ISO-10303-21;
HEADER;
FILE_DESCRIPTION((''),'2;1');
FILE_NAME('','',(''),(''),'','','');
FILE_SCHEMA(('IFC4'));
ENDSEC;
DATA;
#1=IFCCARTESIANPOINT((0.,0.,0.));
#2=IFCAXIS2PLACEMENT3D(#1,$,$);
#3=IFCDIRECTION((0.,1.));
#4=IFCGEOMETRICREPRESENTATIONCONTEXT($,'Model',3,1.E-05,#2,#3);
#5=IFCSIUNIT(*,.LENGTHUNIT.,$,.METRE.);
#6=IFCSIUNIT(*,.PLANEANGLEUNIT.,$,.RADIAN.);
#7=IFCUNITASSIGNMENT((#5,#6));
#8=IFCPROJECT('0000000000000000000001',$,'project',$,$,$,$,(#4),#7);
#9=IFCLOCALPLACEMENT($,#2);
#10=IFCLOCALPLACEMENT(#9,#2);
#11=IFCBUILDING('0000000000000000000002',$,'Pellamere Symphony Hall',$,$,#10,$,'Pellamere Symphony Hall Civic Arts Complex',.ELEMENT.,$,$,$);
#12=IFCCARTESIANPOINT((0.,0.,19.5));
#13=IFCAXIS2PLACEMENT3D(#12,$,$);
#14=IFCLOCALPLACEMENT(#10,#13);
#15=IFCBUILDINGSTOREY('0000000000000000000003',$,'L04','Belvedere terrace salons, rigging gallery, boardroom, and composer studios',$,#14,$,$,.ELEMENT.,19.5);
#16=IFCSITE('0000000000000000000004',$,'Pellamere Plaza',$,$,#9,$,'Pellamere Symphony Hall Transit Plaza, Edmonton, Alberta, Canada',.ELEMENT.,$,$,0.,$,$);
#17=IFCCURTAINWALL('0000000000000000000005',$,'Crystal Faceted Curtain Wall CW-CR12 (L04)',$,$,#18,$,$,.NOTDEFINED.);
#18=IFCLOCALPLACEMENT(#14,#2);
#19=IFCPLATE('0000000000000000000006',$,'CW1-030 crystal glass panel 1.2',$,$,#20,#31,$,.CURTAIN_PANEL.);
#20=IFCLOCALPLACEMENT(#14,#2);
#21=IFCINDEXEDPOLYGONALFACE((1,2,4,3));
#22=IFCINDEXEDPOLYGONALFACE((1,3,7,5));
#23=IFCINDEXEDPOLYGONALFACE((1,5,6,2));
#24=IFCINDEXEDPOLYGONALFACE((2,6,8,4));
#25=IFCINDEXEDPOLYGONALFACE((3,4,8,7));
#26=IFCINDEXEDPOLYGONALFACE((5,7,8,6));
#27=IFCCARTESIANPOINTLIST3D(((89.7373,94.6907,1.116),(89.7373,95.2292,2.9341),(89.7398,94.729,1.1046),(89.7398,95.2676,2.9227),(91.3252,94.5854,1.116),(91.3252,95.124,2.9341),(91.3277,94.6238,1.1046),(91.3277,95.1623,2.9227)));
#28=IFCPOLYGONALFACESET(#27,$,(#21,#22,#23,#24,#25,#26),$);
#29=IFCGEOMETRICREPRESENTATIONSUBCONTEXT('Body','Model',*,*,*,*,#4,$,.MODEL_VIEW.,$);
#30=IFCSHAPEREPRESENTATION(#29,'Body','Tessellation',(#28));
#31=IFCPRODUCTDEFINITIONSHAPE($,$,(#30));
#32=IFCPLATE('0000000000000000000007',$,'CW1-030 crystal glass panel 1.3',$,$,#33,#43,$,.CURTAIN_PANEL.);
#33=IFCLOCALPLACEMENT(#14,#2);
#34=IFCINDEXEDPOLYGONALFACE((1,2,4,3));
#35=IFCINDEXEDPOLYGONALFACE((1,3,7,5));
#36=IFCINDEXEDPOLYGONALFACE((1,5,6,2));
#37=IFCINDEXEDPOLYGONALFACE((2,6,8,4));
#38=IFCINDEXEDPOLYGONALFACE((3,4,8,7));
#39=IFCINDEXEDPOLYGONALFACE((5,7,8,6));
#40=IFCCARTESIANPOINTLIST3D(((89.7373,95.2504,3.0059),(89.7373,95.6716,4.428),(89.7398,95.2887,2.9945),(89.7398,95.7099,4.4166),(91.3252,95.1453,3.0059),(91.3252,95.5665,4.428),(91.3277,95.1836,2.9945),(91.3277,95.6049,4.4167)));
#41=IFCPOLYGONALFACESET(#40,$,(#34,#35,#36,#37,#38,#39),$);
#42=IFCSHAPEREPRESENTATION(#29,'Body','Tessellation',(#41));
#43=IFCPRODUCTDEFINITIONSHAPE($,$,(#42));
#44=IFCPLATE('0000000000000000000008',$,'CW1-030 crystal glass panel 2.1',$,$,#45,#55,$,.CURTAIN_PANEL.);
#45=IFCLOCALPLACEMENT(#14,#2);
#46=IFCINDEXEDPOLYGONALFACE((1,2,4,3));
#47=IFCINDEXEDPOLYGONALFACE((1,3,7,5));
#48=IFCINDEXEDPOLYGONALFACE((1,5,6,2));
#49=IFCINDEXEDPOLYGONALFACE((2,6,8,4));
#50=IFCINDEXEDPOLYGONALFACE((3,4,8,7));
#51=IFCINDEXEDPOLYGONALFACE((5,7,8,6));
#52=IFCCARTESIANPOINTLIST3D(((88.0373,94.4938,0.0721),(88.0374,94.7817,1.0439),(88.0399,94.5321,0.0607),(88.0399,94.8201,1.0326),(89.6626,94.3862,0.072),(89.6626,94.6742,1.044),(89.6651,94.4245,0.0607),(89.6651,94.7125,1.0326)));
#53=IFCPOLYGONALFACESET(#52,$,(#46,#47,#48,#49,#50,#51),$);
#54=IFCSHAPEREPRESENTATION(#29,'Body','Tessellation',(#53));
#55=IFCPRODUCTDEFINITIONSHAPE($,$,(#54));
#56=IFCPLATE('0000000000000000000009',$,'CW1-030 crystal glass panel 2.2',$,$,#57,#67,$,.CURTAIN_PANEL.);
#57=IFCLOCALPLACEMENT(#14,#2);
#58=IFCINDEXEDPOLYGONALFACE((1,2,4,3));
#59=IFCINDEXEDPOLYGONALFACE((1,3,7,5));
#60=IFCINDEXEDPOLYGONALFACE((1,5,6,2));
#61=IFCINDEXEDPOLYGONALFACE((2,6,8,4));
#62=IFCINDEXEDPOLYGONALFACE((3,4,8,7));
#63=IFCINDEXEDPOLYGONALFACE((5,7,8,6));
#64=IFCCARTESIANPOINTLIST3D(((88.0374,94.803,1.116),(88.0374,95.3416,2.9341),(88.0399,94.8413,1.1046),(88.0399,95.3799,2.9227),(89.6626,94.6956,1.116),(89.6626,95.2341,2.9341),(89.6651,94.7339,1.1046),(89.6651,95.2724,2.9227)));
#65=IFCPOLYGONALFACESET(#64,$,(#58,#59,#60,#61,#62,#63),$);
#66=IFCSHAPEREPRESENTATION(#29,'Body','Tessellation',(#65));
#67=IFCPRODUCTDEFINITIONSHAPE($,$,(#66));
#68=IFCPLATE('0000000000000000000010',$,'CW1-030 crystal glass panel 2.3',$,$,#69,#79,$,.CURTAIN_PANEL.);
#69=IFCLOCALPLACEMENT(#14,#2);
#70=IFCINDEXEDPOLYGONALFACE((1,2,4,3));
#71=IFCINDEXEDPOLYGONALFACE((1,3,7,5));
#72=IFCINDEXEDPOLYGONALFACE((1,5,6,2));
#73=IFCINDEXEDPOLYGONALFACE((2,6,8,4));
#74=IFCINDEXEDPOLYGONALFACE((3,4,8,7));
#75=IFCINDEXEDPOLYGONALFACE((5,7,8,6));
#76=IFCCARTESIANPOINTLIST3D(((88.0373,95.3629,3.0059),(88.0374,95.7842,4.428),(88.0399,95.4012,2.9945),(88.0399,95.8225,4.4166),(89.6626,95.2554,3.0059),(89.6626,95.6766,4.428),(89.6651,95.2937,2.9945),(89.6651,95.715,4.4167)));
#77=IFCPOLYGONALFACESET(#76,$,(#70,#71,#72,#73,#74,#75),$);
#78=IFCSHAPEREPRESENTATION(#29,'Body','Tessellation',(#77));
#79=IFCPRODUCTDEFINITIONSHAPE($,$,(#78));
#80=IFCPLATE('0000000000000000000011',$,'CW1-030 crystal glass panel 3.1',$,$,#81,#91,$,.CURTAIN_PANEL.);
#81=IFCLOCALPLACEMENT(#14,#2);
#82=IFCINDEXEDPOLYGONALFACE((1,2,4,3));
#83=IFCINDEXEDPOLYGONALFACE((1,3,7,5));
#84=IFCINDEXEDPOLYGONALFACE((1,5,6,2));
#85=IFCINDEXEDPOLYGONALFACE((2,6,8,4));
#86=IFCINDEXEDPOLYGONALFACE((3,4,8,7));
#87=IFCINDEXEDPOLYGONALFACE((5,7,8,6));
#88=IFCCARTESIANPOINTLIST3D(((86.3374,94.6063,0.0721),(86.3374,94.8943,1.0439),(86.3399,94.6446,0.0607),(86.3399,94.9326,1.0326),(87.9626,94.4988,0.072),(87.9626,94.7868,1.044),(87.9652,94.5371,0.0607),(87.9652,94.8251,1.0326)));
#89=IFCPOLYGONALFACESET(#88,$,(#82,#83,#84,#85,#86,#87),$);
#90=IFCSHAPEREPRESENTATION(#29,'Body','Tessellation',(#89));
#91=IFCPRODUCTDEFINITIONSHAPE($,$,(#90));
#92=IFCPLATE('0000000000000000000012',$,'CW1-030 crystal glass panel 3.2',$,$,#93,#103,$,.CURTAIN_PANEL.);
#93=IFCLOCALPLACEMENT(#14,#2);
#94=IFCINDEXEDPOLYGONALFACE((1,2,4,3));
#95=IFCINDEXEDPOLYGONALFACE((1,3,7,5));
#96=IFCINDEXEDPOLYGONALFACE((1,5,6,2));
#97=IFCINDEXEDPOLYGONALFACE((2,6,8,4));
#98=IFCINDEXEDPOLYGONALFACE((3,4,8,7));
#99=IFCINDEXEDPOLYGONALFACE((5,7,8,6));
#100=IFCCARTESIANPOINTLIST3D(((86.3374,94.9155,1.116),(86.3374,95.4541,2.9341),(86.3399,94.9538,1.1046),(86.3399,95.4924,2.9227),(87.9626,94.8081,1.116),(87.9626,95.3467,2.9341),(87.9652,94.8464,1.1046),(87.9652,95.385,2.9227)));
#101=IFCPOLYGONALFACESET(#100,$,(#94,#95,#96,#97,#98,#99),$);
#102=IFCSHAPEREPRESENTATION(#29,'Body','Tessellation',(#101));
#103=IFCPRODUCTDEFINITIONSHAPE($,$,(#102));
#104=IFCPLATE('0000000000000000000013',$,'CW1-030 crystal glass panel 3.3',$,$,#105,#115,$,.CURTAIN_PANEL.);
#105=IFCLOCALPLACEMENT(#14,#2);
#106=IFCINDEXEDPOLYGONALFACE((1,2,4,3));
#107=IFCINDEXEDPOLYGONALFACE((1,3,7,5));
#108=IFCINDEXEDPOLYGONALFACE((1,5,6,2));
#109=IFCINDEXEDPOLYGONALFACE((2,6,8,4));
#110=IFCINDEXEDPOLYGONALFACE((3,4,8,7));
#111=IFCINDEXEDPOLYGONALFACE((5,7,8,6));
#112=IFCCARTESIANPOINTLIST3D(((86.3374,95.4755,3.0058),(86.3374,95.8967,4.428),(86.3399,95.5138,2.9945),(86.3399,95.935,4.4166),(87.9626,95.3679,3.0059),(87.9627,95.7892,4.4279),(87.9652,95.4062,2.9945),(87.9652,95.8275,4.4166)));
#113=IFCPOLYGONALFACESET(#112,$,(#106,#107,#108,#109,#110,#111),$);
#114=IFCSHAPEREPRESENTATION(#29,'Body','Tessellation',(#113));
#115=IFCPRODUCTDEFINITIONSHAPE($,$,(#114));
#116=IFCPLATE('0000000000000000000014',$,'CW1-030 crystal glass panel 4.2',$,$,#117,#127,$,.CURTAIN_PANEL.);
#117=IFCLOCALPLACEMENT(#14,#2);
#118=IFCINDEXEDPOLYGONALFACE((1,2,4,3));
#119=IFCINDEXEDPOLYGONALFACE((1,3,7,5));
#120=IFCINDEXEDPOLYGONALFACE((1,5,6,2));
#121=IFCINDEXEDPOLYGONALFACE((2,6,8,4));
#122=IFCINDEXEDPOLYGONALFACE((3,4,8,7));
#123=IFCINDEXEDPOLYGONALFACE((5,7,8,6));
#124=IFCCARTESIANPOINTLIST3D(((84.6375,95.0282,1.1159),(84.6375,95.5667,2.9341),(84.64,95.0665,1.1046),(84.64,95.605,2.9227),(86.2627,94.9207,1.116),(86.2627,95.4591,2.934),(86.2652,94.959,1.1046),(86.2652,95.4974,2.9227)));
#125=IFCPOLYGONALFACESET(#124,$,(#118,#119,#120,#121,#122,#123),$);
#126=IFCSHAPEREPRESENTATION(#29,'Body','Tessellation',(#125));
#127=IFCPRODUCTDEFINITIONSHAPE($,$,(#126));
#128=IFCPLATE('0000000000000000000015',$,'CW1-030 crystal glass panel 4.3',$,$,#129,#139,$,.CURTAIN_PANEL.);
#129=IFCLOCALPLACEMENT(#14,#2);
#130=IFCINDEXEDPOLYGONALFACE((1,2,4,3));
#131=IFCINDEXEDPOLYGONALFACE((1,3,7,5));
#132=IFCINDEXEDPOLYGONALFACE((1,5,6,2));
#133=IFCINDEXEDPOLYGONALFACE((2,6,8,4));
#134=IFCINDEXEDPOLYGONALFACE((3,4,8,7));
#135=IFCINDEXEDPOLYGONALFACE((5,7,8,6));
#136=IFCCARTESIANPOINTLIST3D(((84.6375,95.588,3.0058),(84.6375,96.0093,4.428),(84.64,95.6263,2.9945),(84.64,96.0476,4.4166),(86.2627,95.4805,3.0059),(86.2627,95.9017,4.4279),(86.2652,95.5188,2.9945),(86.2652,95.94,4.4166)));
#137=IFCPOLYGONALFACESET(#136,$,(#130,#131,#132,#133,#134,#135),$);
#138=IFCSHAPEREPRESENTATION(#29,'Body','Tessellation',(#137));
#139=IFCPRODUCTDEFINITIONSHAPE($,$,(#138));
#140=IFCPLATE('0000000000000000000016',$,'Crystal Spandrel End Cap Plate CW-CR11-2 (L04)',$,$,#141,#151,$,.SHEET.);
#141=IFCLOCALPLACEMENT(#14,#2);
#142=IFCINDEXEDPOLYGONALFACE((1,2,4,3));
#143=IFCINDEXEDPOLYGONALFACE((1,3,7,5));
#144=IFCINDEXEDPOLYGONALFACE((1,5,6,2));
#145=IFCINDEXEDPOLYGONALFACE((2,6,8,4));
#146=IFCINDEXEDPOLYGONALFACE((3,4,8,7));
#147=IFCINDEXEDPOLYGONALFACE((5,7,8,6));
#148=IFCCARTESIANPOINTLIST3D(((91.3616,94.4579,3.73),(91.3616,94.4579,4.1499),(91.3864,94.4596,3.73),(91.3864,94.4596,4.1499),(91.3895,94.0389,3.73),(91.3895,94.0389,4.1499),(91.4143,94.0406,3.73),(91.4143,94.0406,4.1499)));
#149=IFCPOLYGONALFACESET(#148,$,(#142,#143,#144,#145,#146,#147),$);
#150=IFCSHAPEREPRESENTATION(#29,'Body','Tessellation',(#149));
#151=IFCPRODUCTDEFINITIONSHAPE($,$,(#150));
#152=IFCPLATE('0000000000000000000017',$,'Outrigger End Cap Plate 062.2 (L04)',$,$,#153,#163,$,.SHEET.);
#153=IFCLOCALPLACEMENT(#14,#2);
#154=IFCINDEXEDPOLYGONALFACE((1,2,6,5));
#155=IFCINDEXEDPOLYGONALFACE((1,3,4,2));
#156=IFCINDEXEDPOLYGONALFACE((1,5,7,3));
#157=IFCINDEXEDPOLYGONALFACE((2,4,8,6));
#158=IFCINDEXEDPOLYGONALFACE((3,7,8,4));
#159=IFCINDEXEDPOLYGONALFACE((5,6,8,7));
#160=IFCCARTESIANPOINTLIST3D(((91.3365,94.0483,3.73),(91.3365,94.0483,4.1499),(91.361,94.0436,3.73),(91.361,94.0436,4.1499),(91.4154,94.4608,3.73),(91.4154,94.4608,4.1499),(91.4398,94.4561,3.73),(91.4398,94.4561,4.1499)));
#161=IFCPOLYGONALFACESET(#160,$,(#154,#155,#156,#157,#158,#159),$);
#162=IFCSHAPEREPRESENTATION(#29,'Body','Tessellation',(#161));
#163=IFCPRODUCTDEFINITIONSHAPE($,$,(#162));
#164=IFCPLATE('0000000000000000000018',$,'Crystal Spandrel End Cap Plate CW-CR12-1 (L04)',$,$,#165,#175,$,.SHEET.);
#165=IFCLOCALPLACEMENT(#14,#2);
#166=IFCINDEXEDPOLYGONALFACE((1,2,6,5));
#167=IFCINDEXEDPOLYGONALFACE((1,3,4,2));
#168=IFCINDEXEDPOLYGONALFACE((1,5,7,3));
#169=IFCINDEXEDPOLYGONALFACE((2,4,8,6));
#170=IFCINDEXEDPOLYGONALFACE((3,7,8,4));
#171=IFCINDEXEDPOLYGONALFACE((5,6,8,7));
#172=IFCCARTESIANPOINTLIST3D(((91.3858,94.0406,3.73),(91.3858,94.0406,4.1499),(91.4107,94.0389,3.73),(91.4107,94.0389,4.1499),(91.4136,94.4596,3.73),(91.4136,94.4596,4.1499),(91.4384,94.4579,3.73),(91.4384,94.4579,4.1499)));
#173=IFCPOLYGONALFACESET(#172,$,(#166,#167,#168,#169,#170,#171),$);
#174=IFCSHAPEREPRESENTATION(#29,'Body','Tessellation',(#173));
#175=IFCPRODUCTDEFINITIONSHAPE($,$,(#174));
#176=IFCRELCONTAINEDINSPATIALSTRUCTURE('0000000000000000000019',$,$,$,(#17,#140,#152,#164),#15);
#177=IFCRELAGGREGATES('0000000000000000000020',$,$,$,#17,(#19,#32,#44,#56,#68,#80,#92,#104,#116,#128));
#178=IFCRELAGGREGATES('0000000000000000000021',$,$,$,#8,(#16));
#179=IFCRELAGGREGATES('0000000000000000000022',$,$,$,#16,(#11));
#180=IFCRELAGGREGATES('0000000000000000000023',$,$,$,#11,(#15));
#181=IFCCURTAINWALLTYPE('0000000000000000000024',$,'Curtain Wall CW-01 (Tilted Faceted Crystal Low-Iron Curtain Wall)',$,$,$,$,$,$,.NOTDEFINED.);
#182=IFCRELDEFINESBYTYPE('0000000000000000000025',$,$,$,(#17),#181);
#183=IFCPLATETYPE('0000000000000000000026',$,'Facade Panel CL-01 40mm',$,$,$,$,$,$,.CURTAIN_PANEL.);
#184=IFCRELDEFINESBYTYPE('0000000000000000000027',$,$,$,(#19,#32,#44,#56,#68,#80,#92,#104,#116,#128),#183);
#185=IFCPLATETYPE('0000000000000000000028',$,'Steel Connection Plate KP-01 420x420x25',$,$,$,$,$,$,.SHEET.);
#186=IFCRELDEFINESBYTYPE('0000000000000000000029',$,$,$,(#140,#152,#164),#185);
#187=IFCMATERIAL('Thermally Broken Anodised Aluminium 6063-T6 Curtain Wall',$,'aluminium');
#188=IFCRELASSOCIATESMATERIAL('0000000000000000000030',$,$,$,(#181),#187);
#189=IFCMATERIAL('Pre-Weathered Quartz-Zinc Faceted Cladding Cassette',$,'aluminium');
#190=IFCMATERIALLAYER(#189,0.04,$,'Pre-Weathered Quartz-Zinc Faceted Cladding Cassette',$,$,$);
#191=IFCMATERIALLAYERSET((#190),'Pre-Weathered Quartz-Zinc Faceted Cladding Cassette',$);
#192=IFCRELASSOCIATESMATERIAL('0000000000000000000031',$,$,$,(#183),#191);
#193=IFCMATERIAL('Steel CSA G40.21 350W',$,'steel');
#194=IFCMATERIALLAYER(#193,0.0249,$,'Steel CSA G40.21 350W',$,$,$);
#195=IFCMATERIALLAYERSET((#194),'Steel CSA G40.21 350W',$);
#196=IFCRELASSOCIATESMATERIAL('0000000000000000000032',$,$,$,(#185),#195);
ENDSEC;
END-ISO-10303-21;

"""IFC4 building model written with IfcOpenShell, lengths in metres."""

from ifc_helpers import new_model, si_unit, direction, frame, origin, origin_2d, place, context, subcontext, project, spatial, polyline, rectangle, outline, extrude, material, layer, layer_set, type_object, element, aggregate, save


model = new_model("IFC4")

# Units and contexts
model_context = context("Model", 3, precision=1e-05, world=origin(), true_north=direction((0.0, 1.0)))
body_context = subcontext(model_context, "Body", "Model", "MODEL_VIEW")
ifc_project = project(units=[si_unit("LENGTHUNIT", "METRE"), si_unit("PLANEANGLEUNIT", "RADIAN")], contexts=[model_context])

# Site, building, storey
site_placement = place(None, origin())
site = spatial("IfcSite", under=ifc_project, at=site_placement, Name="Pellamere Plaza", LongName="Pellamere Symphony Hall Transit Plaza, Edmonton, Alberta, Canada", CompositionType="ELEMENT", RefElevation=0.0)
building_placement = place(site_placement, origin())
building = spatial("IfcBuilding", under=site, at=building_placement, Name="Pellamere Symphony Hall", LongName="Pellamere Symphony Hall Civic Arts Complex", CompositionType="ELEMENT")
storey_placement = place(building_placement, frame((0.0, 0.0, 19.5)))
storey = spatial("IfcBuildingStorey", under=building, at=storey_placement, Name="L04", Description="Belvedere terrace salons, rigging gallery, boardroom, and composer studios", CompositionType="ELEMENT", Elevation=19.5)

# Shared definitions
ifc_material_1 = material(Name="Thermally Broken Anodised Aluminium 6063-T6 Curtain Wall", Category="aluminium")
curtain_wall_type = type_object("IfcCurtainWallType", Name="Curtain Wall CW-01 (Tilted Faceted Crystal Low-Iron Curtain Wall)", PredefinedType="NOTDEFINED", material=ifc_material_1)

# Curtain wall
curtain_wall_1_placement = place(storey_placement, origin())
curtain_wall_1 = element("IfcCurtainWall", 1, at=curtain_wall_1_placement, inside=storey, type_object=curtain_wall_type, Name="Crystal Faceted Curtain Wall CW-CR12 (L04)", PredefinedType="NOTDEFINED")

# Shared definitions
ifc_material_2 = material(Name="Steel CSA G40.21 350W", Category="steel")

# Plates
ifc_material_3 = material(Name="Pre-Weathered Quartz-Zinc Faceted Cladding Cassette", Category="aluminium")
ifc_layer_1 = layer(ifc_material_3, 0.04, Name="Pre-Weathered Quartz-Zinc Faceted Cladding Cassette")
ifc_layer_set_1 = layer_set([ifc_layer_1], Name="Pre-Weathered Quartz-Zinc Faceted Cladding Cassette")
plate_type_1 = type_object("IfcPlateType", Name="Facade Panel CL-01 40mm", PredefinedType="CURTAIN_PANEL", material=ifc_layer_set_1)
plate_1_placement = place(storey_placement, frame((91.3252, 94.5854, 1.116), z_axis=(-0.06341, -0.956887, 0.283455), x_axis=(-0.997812, 0.066122, 0.0)))
plate_1 = element("IfcPlate", 2, at=plate_1_placement, type_object=plate_type_1, Name="CW1-030 crystal glass panel 1.2", PredefinedType="CURTAIN_PANEL", context=body_context, shape_type="SweptSolid", body=[
    extrude(outline(polyline([(0.0, 0.0), (1.5914, 0.0), (1.627, -1.8959), (0.0356, -1.8959), (0.0, 0.0)])), origin(), (0.0, 0.0, -1.0), 0.04),
])
plate_2_placement = place(storey_placement, frame((91.3252, 95.1453, 3.0059), z_axis=(-0.063337, -0.956892, 0.283454), x_axis=(-0.997816, 0.066052, 0.000021)))
plate_2 = element("IfcPlate", 3, at=plate_2_placement, type_object=plate_type_1, Name="CW1-030 crystal glass panel 1.3", PredefinedType="CURTAIN_PANEL", context=body_context, shape_type="SweptSolid", body=[
    extrude(outline(polyline([(0.0, 0.0), (1.5914, 0.0), (1.6192, -1.4829), (0.0279, -1.483), (0.0, 0.0)])), origin(), (0.0, 0.0, -1.0), 0.04),
])
plate_3_placement = place(storey_placement, frame((89.6626, 94.3862, 0.072), z_axis=(-0.063318, -0.956878, 0.283506), x_axis=(-0.997817, 0.066033, 0.00002)))
plate_3 = element("IfcPlate", 4, at=plate_3_placement, type_object=plate_type_1, Name="CW1-030 crystal glass panel 2.1", PredefinedType="CURTAIN_PANEL", context=body_context, shape_type="SweptSolid", body=[
    extrude(outline(polyline([(0.0, 0.0), (1.6288, 0.0), (1.6478, -1.0135), (0.019, -1.0135), (0.0, 0.0)])), origin(), (0.0, 0.0, -1.0), 0.04),
])
plate_4_placement = place(storey_placement, frame((89.6626, 94.6956, 1.116), z_axis=(-0.063247, -0.956897, 0.283458), x_axis=(-0.997823, 0.065952, 0.0)))
plate_4 = element("IfcPlate", 5, at=plate_4_placement, type_object=plate_type_1, Name="CW1-030 crystal glass panel 2.2", PredefinedType="CURTAIN_PANEL", context=body_context, shape_type="SweptSolid", body=[
    extrude(outline(polyline([(0.0, 0.0), (1.6288, 0.0), (1.6643, -1.8959), (0.0355, -1.8959), (0.0, 0.0)])), origin(), (0.0, 0.0, -1.0), 0.04),
])
plate_5_placement = place(storey_placement, frame((89.6626, 95.2554, 3.0059), z_axis=(-0.063319, -0.956893, 0.283454), x_axis=(-0.997817, 0.066033, 0.00002)))
plate_5 = element("IfcPlate", 6, at=plate_5_placement, type_object=plate_type_1, Name="CW1-030 crystal glass panel 2.3", PredefinedType="CURTAIN_PANEL", context=body_context, shape_type="SweptSolid", body=[
    extrude(outline(polyline([(0.0, 0.0), (1.6288, 0.0), (1.6566, -1.4829), (0.0279, -1.483), (0.0, 0.0)])), origin(), (0.0, 0.0, -1.0), 0.04),
])
plate_6_placement = place(storey_placement, frame((87.9626, 94.4988, 0.072), z_axis=(-0.063318, -0.956878, 0.283506), x_axis=(-0.997817, 0.066033, 0.00002)))
plate_6 = element("IfcPlate", 7, at=plate_6_placement, type_object=plate_type_1, Name="CW1-030 crystal glass panel 3.1", PredefinedType="CURTAIN_PANEL", context=body_context, shape_type="SweptSolid", body=[
    extrude(outline(polyline([(0.0, 0.0), (1.6288, 0.0), (1.6478, -1.0135), (0.019, -1.0135), (0.0, 0.0)])), origin(), (0.0, 0.0, -1.0), 0.04),
])
plate_7_placement = place(storey_placement, frame((87.9626, 94.8081, 1.116), z_axis=(-0.063247, -0.956897, 0.283458), x_axis=(-0.997823, 0.065952, 0.0)))
plate_7 = element("IfcPlate", 8, at=plate_7_placement, type_object=plate_type_1, Name="CW1-030 crystal glass panel 3.2", PredefinedType="CURTAIN_PANEL", context=body_context, shape_type="SweptSolid", body=[
    extrude(outline(polyline([(0.0, 0.0), (1.6288, 0.0), (1.6643, -1.8959), (0.0355, -1.8959), (0.0, 0.0)])), origin(), (0.0, 0.0, -1.0), 0.04),
])
plate_8_placement = place(storey_placement, frame((87.9626, 95.3679, 3.0059), z_axis=(-0.063319, -0.956893, 0.283454), x_axis=(-0.997818, 0.066021, -0.00002)))
plate_8 = element("IfcPlate", 9, at=plate_8_placement, type_object=plate_type_1, Name="CW1-030 crystal glass panel 3.3", PredefinedType="CURTAIN_PANEL", context=body_context, shape_type="SweptSolid", body=[
    extrude(outline(polyline([(0.0, 0.0), (1.6288, 0.0), (1.6566, -1.483), (0.0278, -1.4829), (0.0, 0.0)])), origin(), (0.0, 0.0, -1.0), 0.04),
])
plate_9_placement = place(storey_placement, frame((86.2627, 94.9207, 1.116), z_axis=(-0.06332, -0.95691, 0.283398), x_axis=(-0.997818, 0.066021, -0.00002)))
plate_9 = element("IfcPlate", 10, at=plate_9_placement, type_object=plate_type_1, Name="CW1-030 crystal glass panel 4.2", PredefinedType="CURTAIN_PANEL", context=body_context, shape_type="SweptSolid", body=[
    extrude(outline(polyline([(0.0, 0.0), (1.6288, 0.0), (1.6643, -1.8959), (0.0355, -1.8958), (0.0, 0.0)])), origin(), (0.0, 0.0, -1.0), 0.04),
])
plate_10_placement = place(storey_placement, frame((86.2627, 95.4805, 3.0059), z_axis=(-0.063319, -0.956893, 0.283454), x_axis=(-0.997818, 0.066021, -0.00002)))
plate_10 = element("IfcPlate", 11, at=plate_10_placement, type_object=plate_type_1, Name="CW1-030 crystal glass panel 4.3", PredefinedType="CURTAIN_PANEL", context=body_context, shape_type="SweptSolid", body=[
    extrude(outline(polyline([(0.0, 0.0), (1.6288, 0.0), (1.6566, -1.483), (0.0278, -1.4829), (0.0, 0.0)])), origin(), (0.0, 0.0, -1.0), 0.04),
])
aggregate(curtain_wall_1, [plate_1, plate_2, plate_3, plate_4, plate_5, plate_6, plate_7, plate_8, plate_9, plate_10])

# Plates
ifc_layer_2 = layer(ifc_material_2, 0.0249, Name="Steel CSA G40.21 350W")
ifc_layer_set_2 = layer_set([ifc_layer_2], Name="Steel CSA G40.21 350W")
plate_type_2 = type_object("IfcPlateType", Name="Steel Connection Plate KP-01 420x420x25", PredefinedType="SHEET", material=ifc_layer_set_2)
for number, where, z_axis, x_axis, name in (
    (12, (91.3879, 94.2493, 3.73), (0.0, 0.0, 1.0), (-0.99779, -0.066448, 0.0), "Crystal Spandrel End Cap Plate CW-CR11-2 (L04)"),
    (13, (91.3882, 94.2522, 3.73), (0.0, 0.0, 1.0), (-0.982222, 0.187724, 0.0), "Outrigger End Cap Plate 062.2 (L04)"),
    (14, (91.4121, 94.2493, 3.73), (0.0, 0.0, 1.0), (-0.997813, 0.0661, 0.0), "Crystal Spandrel End Cap Plate CW-CR12-1 (L04)"),
):
    element("IfcPlate", number, at=place(storey_placement, frame(where, z_axis=z_axis, x_axis=x_axis)), inside=storey, type_object=plate_type_2, Name=name, PredefinedType="SHEET", context=body_context, shape_type="SweptSolid", body=[
        extrude(rectangle(XDim=0.0249, YDim=0.4199, at=origin_2d()), origin(), (0.0, 0.0, 1.0), 0.4199),
    ])

save(model, "model.ifc")
